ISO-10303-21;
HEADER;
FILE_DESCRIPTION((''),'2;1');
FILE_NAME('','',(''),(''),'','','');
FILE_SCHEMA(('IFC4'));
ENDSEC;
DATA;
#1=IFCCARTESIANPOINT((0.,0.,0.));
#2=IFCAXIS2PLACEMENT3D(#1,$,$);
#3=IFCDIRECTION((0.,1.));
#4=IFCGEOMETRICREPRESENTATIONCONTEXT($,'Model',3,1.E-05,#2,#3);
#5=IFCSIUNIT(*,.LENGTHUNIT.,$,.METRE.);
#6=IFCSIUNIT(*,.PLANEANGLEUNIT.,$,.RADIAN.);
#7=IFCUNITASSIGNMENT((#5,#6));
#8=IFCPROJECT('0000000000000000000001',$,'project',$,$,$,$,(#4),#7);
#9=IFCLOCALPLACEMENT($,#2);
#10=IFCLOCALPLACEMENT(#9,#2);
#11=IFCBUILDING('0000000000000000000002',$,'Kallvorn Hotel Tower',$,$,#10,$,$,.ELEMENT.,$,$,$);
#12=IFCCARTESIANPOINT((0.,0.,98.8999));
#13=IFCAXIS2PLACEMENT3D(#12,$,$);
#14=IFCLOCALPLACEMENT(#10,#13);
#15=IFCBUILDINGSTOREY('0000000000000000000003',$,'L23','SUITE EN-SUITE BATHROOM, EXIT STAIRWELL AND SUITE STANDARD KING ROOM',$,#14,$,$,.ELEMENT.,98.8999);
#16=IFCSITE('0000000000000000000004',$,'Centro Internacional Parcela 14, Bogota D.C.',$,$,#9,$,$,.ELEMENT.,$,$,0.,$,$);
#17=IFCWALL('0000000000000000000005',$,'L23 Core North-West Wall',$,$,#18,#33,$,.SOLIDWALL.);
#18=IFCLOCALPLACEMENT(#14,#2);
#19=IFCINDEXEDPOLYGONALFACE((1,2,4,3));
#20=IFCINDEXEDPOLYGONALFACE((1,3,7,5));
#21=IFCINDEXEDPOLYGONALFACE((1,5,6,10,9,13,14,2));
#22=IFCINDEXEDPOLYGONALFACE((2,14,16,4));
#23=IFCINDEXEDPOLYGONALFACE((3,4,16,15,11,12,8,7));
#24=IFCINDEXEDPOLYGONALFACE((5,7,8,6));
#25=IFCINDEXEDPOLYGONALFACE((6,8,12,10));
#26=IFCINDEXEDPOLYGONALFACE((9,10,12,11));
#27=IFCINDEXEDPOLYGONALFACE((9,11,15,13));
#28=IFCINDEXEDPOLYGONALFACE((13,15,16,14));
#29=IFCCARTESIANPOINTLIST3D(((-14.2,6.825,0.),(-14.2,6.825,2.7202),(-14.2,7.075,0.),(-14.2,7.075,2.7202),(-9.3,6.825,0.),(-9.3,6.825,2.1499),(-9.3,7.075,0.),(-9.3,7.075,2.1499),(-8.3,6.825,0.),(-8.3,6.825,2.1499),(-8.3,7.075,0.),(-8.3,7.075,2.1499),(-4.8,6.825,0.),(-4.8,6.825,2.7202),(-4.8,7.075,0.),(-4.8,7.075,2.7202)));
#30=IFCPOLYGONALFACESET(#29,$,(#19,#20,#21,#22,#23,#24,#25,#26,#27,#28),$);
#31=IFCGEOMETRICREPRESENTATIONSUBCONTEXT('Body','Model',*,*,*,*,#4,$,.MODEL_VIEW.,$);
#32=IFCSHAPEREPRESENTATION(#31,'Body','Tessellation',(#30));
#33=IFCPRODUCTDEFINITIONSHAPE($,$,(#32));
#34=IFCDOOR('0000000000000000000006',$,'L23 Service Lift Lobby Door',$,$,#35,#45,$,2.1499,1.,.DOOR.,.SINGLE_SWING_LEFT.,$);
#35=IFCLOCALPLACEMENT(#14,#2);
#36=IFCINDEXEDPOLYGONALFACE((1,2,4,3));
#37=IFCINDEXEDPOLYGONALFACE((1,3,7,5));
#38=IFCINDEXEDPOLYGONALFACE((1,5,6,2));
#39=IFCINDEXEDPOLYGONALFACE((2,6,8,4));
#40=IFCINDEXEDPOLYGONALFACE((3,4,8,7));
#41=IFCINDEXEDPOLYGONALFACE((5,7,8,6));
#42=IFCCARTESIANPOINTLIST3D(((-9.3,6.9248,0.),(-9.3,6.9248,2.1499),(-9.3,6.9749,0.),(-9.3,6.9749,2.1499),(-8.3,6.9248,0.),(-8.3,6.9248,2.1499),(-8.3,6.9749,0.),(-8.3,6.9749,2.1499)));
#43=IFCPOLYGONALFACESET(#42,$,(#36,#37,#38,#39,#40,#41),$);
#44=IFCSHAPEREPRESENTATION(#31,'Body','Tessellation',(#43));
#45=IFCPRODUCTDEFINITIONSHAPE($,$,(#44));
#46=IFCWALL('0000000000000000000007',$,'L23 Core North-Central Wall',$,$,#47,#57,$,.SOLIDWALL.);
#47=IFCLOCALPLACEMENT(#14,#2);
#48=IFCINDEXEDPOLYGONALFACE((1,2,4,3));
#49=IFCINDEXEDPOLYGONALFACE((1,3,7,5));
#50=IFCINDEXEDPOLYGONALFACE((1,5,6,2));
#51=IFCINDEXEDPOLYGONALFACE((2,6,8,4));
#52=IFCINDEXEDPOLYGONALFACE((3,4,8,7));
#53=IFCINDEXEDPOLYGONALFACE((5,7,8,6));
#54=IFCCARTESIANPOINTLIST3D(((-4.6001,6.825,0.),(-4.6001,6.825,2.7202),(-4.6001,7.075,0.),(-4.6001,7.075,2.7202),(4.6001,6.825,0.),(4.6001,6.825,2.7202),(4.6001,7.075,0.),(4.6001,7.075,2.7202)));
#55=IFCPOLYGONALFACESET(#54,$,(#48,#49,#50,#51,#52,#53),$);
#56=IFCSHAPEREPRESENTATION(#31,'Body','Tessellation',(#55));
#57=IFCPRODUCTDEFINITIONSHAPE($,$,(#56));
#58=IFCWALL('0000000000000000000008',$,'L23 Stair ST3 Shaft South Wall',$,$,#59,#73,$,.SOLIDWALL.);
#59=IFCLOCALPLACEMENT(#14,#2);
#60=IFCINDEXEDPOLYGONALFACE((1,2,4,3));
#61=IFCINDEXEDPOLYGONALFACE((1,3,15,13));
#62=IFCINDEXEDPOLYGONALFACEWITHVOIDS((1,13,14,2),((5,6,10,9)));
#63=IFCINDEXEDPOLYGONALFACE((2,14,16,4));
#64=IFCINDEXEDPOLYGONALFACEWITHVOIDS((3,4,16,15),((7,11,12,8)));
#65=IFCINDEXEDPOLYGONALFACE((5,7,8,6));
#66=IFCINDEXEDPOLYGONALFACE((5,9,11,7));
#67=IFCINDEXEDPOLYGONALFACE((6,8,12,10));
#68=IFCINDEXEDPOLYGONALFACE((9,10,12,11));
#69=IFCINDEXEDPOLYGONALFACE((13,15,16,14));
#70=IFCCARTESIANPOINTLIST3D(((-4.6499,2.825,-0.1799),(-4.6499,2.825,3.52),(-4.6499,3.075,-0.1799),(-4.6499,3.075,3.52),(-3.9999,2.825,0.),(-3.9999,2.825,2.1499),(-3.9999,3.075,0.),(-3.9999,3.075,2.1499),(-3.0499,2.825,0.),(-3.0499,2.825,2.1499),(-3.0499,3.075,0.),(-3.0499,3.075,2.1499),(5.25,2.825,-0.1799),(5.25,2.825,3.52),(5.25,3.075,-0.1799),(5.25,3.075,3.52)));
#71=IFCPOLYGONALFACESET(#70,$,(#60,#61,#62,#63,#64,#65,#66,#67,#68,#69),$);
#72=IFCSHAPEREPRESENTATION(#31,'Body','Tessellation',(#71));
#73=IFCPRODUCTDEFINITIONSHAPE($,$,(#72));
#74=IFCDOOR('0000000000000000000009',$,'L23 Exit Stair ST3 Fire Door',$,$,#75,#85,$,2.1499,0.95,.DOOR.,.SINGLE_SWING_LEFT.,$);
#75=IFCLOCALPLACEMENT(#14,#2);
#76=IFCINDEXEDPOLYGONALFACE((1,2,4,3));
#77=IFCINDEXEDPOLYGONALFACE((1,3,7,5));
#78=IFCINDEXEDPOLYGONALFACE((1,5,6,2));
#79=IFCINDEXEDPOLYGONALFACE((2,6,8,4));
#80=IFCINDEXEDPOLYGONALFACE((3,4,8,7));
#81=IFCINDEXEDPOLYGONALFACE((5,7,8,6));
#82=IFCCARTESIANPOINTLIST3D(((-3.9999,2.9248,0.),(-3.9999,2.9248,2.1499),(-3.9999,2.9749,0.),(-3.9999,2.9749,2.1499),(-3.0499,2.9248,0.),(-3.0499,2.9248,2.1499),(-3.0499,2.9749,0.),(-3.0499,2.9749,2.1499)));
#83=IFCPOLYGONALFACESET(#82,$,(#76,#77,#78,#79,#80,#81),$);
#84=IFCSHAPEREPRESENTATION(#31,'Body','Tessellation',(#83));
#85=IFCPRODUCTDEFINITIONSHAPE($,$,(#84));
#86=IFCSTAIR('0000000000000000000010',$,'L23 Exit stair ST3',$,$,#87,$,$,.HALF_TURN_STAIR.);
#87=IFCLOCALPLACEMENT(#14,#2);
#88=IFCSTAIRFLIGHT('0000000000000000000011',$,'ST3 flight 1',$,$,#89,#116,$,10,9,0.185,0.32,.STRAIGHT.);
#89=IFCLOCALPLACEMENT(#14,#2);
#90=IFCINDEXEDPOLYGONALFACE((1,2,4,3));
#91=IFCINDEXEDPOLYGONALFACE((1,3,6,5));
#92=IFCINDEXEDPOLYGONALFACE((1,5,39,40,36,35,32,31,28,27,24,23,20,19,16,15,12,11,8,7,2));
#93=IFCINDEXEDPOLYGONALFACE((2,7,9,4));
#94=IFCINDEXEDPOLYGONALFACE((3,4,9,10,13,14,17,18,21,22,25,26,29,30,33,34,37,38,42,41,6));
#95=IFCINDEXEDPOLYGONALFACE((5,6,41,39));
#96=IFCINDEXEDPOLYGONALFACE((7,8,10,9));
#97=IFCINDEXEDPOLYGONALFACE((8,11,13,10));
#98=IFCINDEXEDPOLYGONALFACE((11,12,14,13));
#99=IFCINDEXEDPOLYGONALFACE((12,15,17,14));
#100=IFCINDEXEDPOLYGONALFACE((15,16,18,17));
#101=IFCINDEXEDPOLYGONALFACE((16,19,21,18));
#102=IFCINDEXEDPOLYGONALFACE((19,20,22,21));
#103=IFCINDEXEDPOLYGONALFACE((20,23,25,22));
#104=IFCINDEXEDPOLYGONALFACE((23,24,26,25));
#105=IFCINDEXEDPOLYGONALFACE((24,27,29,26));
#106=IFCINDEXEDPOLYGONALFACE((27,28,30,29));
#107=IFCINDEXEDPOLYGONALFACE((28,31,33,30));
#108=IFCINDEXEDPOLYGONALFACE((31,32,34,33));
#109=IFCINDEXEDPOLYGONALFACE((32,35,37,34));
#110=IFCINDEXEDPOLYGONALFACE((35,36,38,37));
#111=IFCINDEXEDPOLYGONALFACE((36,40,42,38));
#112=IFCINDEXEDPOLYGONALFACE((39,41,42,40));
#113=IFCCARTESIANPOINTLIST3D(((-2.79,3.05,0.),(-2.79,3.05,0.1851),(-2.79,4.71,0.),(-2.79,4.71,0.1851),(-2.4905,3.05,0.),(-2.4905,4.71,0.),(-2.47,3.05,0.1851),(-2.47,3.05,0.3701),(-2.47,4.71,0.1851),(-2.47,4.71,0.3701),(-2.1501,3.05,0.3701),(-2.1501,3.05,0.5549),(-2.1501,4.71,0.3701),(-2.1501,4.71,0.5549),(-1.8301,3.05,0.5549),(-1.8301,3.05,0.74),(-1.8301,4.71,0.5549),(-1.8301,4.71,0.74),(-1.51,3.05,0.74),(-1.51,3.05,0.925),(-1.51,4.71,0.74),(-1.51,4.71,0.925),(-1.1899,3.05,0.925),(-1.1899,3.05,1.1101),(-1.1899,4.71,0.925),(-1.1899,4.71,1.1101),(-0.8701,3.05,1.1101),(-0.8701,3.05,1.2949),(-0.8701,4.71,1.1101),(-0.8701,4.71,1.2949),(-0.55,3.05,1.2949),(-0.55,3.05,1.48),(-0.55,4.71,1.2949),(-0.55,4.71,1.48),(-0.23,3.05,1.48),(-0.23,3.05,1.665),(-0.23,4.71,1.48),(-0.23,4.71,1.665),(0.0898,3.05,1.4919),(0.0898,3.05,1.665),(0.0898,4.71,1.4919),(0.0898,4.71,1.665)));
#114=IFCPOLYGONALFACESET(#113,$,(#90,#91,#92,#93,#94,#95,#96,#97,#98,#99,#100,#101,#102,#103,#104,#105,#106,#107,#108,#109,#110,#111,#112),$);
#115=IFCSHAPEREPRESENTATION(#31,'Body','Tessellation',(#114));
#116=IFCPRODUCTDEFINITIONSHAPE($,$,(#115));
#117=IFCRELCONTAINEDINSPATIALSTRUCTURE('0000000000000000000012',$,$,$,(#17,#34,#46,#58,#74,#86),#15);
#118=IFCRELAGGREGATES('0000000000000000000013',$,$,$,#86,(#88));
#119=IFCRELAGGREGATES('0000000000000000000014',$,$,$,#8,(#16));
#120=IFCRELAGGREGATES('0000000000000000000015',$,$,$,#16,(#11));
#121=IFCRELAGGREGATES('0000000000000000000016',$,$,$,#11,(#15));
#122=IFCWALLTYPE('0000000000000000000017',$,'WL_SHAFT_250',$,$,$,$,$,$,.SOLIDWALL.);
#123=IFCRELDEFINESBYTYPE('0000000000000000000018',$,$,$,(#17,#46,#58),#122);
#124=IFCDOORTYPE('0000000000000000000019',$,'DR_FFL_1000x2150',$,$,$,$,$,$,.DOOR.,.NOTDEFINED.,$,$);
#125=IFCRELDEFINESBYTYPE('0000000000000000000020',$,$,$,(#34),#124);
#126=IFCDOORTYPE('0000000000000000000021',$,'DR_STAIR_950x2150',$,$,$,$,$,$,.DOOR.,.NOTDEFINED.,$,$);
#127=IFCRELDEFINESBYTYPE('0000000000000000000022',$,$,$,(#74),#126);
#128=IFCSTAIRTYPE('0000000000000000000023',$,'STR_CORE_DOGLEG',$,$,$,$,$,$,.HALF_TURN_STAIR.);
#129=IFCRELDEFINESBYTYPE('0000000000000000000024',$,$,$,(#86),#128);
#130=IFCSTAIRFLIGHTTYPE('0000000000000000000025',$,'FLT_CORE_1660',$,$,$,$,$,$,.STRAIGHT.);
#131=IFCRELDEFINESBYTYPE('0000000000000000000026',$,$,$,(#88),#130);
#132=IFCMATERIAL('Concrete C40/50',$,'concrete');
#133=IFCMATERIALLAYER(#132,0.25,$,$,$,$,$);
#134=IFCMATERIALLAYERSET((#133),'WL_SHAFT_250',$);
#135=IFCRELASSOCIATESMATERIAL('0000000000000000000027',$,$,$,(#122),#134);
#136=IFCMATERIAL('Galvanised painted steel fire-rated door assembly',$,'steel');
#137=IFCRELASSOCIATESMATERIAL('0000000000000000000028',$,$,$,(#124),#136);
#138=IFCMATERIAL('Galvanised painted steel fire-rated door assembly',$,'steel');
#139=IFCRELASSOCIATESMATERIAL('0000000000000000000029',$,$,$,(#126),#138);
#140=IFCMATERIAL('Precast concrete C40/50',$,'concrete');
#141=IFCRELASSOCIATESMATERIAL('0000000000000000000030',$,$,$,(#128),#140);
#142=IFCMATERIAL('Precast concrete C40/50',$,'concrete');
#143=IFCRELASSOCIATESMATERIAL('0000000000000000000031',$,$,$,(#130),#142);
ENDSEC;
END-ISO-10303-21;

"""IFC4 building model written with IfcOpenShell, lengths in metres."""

from ifc_helpers import new_model, si_unit, direction, frame, frame_2d, origin, place, context, subcontext, project, spatial, polyline, rectangle, outline, extrude, material, layer, layer_set, type_object, element, fill, aggregate, save


model = new_model("IFC4")

# Units and contexts
model_context = context("Model", 3, precision=1e-05, world=origin(), true_north=direction((0.0, 1.0)))
body_context = subcontext(model_context, "Body", "Model", "MODEL_VIEW")
ifc_project = project(units=[si_unit("LENGTHUNIT", "METRE"), si_unit("PLANEANGLEUNIT", "RADIAN")], contexts=[model_context])

# Site, building, storey
site_placement = place(None, origin())
site = spatial("IfcSite", under=ifc_project, at=site_placement, Name="Centro Internacional Parcela 14, Bogota D.C.", CompositionType="ELEMENT", RefElevation=0.0)
building_placement = place(site_placement, origin())
building = spatial("IfcBuilding", under=site, at=building_placement, Name="Kallvorn Hotel Tower", CompositionType="ELEMENT")
storey_placement = place(building_placement, frame((0.0, 0.0, 98.8999)))
storey = spatial("IfcBuildingStorey", under=building, at=storey_placement, Name="L23", Description="SUITE EN-SUITE BATHROOM, EXIT STAIRWELL AND SUITE STANDARD KING ROOM", CompositionType="ELEMENT", Elevation=98.8999)

# Wall, opening, door
ifc_material_1 = material(Name="Concrete C40/50", Category="concrete")
ifc_layer_1 = layer(ifc_material_1, 0.25)
ifc_layer_set_1 = layer_set([ifc_layer_1], Name="WL_SHAFT_250")
wall_type_1 = type_object("IfcWallType", Name="WL_SHAFT_250", PredefinedType="SOLIDWALL", material=ifc_layer_set_1)
wall_1_placement = place(storey_placement, frame((-14.2, 6.95, 0.0), z_axis=(0.0, 0.0, 1.0), x_axis=(1.0, 0.0, 0.0)))
wall_1 = element("IfcWall", 1, at=wall_1_placement, inside=storey, type_object=wall_type_1, Name="L23 Core North-West Wall", PredefinedType="SOLIDWALL", context=body_context, shape_type="SweptSolid", body=[
    extrude(rectangle(XDim=9.3999, YDim=0.25, at=frame_2d((4.7, 0.0))), origin(), (0.0, 0.0, 1.0), 2.7202),
])
opening_1_placement = place(wall_1_placement, frame((4.8999, 0.0, 0.0)))
opening_1 = element("IfcOpeningElement", 2, at=opening_1_placement, cuts=wall_1, PredefinedType="OPENING", context=body_context, shape_type="SweptSolid", body=[
    extrude(rectangle(XDim=1.0, YDim=2.1499, at=frame_2d((0.5, 1.075))), frame((0.0, 0.1399, 0.0), z_axis=(0.0, -1.0, 0.0), x_axis=(1.0, 0.0, 0.0)), (0.0, 0.0, 1.0), 0.28),
])
ifc_material_2 = material(Name="Galvanised painted steel fire-rated door assembly", Category="steel")
door_type_1 = type_object("IfcDoorType", Name="DR_FFL_1000x2150", OperationType="NOTDEFINED", PredefinedType="DOOR", material=ifc_material_2)
door_1_placement = place(opening_1_placement, origin())
door_1 = element("IfcDoor", 3, at=door_1_placement, inside=storey, type_object=door_type_1, Name="L23 Service Lift Lobby Door", OperationType="SINGLE_SWING_LEFT", OverallHeight=2.1499, OverallWidth=1.0, PredefinedType="DOOR", context=body_context, shape_type="SweptSolid", body=[
    extrude(rectangle(XDim=1.0, YDim=2.1499, at=frame_2d((0.5, 1.075))), frame((0.0, 0.0249, 0.0), z_axis=(0.0, -1.0, 0.0), x_axis=(1.0, 0.0, 0.0)), (0.0, 0.0, 1.0), 0.05),
])
fill(opening_1, door_1)

# Wall
wall_2_placement = place(storey_placement, frame((-4.6001, 6.95, 0.0), z_axis=(0.0, 0.0, 1.0), x_axis=(1.0, 0.0, 0.0)))
element("IfcWall", 4, at=wall_2_placement, inside=storey, type_object=wall_type_1, Name="L23 Core North-Central Wall", PredefinedType="SOLIDWALL", context=body_context, shape_type="SweptSolid", body=[
    extrude(rectangle(XDim=9.2002, YDim=0.25, at=frame_2d((4.6001, 0.0))), origin(), (0.0, 0.0, 1.0), 2.7202),
])

# Wall, opening, door
wall_3_placement = place(storey_placement, frame((-4.6499, 2.95, -0.1799), z_axis=(0.0, 0.0, 1.0), x_axis=(1.0, 0.0, 0.0)))
wall_3 = element("IfcWall", 5, at=wall_3_placement, inside=storey, type_object=wall_type_1, Name="L23 Stair ST3 Shaft South Wall", PredefinedType="SOLIDWALL", context=body_context, shape_type="SweptSolid", body=[
    extrude(rectangle(XDim=9.8999, YDim=0.25, at=frame_2d((4.95, 0.0))), origin(), (0.0, 0.0, 1.0), 3.7),
])
opening_2_placement = place(wall_3_placement, frame((0.6499, 0.0, 0.1799)))
opening_2 = element("IfcOpeningElement", 6, at=opening_2_placement, cuts=wall_3, PredefinedType="OPENING", context=body_context, shape_type="SweptSolid", body=[
    extrude(rectangle(XDim=0.95, YDim=2.1499, at=frame_2d((0.4751, 1.075))), frame((0.0, 0.1399, 0.0), z_axis=(0.0, -1.0, 0.0), x_axis=(1.0, 0.0, 0.0)), (0.0, 0.0, 1.0), 0.28),
])
ifc_material_3 = material(Name="Galvanised painted steel fire-rated door assembly", Category="steel")
door_type_2 = type_object("IfcDoorType", Name="DR_STAIR_950x2150", OperationType="NOTDEFINED", PredefinedType="DOOR", material=ifc_material_3)
door_2_placement = place(opening_2_placement, origin())
door_2 = element("IfcDoor", 7, at=door_2_placement, inside=storey, type_object=door_type_2, Name="L23 Exit Stair ST3 Fire Door", OperationType="SINGLE_SWING_LEFT", OverallHeight=2.1499, OverallWidth=0.95, PredefinedType="DOOR", context=body_context, shape_type="SweptSolid", body=[
    extrude(rectangle(XDim=0.95, YDim=2.1499, at=frame_2d((0.4751, 1.075))), frame((0.0, 0.0249, 0.0), z_axis=(0.0, -1.0, 0.0), x_axis=(1.0, 0.0, 0.0)), (0.0, 0.0, 1.0), 0.05),
])
fill(opening_2, door_2)

# Stair, stair flight
ifc_material_4 = material(Name="Precast concrete C40/50", Category="concrete")
stair_type = type_object("IfcStairType", Name="STR_CORE_DOGLEG", PredefinedType="HALF_TURN_STAIR", material=ifc_material_4)
stair_placement = place(storey_placement, origin())
stair = element("IfcStair", 8, at=stair_placement, inside=storey, type_object=stair_type, Name="L23 Exit stair ST3", PredefinedType="HALF_TURN_STAIR")
ifc_material_5 = material(Name="Precast concrete C40/50", Category="concrete")
stair_flight_type = type_object("IfcStairFlightType", Name="FLT_CORE_1660", PredefinedType="STRAIGHT", material=ifc_material_5)
stair_flight_placement = place(storey_placement, frame((-2.79, 3.8799, 0.0), z_axis=(0.0, 0.0, 1.0), x_axis=(1.0, 0.0, 0.0)))
stair_flight = element("IfcStairFlight", 9, at=stair_flight_placement, type_object=stair_flight_type, Name="ST3 flight 1", NumberOfRisers=10, NumberOfTreads=9, PredefinedType="STRAIGHT", RiserHeight=0.185, TreadLength=0.32, context=body_context, shape_type="SweptSolid", body=[
    extrude(outline(polyline([(0.0, 0.0), (0.0, 0.1851), (0.3201, 0.1851), (0.3201, 0.3701), (0.6399, 0.3701), (0.6399, 0.5549), (0.96, 0.5549), (0.96, 0.74), (1.28, 0.74), (1.28, 0.925), (1.6001, 0.925), (1.6001, 1.1101), (1.9199, 1.1101), (1.9199, 1.2949), (2.24, 1.2949), (2.24, 1.48), (2.5601, 1.48), (2.5601, 1.665), (2.8799, 1.665), (2.8799, 1.8501), (2.8799, 1.4919), (0.2996, 0.0), (0.0, 0.0)])), frame((0.0, 0.8301, 0.0), z_axis=(0.0, -1.0, 0.0), x_axis=(1.0, 0.0, 0.0)), (0.0, 0.0, 1.0), 1.6599),
])
aggregate(stair, [stair_flight])

save(model, "model.ifc")
